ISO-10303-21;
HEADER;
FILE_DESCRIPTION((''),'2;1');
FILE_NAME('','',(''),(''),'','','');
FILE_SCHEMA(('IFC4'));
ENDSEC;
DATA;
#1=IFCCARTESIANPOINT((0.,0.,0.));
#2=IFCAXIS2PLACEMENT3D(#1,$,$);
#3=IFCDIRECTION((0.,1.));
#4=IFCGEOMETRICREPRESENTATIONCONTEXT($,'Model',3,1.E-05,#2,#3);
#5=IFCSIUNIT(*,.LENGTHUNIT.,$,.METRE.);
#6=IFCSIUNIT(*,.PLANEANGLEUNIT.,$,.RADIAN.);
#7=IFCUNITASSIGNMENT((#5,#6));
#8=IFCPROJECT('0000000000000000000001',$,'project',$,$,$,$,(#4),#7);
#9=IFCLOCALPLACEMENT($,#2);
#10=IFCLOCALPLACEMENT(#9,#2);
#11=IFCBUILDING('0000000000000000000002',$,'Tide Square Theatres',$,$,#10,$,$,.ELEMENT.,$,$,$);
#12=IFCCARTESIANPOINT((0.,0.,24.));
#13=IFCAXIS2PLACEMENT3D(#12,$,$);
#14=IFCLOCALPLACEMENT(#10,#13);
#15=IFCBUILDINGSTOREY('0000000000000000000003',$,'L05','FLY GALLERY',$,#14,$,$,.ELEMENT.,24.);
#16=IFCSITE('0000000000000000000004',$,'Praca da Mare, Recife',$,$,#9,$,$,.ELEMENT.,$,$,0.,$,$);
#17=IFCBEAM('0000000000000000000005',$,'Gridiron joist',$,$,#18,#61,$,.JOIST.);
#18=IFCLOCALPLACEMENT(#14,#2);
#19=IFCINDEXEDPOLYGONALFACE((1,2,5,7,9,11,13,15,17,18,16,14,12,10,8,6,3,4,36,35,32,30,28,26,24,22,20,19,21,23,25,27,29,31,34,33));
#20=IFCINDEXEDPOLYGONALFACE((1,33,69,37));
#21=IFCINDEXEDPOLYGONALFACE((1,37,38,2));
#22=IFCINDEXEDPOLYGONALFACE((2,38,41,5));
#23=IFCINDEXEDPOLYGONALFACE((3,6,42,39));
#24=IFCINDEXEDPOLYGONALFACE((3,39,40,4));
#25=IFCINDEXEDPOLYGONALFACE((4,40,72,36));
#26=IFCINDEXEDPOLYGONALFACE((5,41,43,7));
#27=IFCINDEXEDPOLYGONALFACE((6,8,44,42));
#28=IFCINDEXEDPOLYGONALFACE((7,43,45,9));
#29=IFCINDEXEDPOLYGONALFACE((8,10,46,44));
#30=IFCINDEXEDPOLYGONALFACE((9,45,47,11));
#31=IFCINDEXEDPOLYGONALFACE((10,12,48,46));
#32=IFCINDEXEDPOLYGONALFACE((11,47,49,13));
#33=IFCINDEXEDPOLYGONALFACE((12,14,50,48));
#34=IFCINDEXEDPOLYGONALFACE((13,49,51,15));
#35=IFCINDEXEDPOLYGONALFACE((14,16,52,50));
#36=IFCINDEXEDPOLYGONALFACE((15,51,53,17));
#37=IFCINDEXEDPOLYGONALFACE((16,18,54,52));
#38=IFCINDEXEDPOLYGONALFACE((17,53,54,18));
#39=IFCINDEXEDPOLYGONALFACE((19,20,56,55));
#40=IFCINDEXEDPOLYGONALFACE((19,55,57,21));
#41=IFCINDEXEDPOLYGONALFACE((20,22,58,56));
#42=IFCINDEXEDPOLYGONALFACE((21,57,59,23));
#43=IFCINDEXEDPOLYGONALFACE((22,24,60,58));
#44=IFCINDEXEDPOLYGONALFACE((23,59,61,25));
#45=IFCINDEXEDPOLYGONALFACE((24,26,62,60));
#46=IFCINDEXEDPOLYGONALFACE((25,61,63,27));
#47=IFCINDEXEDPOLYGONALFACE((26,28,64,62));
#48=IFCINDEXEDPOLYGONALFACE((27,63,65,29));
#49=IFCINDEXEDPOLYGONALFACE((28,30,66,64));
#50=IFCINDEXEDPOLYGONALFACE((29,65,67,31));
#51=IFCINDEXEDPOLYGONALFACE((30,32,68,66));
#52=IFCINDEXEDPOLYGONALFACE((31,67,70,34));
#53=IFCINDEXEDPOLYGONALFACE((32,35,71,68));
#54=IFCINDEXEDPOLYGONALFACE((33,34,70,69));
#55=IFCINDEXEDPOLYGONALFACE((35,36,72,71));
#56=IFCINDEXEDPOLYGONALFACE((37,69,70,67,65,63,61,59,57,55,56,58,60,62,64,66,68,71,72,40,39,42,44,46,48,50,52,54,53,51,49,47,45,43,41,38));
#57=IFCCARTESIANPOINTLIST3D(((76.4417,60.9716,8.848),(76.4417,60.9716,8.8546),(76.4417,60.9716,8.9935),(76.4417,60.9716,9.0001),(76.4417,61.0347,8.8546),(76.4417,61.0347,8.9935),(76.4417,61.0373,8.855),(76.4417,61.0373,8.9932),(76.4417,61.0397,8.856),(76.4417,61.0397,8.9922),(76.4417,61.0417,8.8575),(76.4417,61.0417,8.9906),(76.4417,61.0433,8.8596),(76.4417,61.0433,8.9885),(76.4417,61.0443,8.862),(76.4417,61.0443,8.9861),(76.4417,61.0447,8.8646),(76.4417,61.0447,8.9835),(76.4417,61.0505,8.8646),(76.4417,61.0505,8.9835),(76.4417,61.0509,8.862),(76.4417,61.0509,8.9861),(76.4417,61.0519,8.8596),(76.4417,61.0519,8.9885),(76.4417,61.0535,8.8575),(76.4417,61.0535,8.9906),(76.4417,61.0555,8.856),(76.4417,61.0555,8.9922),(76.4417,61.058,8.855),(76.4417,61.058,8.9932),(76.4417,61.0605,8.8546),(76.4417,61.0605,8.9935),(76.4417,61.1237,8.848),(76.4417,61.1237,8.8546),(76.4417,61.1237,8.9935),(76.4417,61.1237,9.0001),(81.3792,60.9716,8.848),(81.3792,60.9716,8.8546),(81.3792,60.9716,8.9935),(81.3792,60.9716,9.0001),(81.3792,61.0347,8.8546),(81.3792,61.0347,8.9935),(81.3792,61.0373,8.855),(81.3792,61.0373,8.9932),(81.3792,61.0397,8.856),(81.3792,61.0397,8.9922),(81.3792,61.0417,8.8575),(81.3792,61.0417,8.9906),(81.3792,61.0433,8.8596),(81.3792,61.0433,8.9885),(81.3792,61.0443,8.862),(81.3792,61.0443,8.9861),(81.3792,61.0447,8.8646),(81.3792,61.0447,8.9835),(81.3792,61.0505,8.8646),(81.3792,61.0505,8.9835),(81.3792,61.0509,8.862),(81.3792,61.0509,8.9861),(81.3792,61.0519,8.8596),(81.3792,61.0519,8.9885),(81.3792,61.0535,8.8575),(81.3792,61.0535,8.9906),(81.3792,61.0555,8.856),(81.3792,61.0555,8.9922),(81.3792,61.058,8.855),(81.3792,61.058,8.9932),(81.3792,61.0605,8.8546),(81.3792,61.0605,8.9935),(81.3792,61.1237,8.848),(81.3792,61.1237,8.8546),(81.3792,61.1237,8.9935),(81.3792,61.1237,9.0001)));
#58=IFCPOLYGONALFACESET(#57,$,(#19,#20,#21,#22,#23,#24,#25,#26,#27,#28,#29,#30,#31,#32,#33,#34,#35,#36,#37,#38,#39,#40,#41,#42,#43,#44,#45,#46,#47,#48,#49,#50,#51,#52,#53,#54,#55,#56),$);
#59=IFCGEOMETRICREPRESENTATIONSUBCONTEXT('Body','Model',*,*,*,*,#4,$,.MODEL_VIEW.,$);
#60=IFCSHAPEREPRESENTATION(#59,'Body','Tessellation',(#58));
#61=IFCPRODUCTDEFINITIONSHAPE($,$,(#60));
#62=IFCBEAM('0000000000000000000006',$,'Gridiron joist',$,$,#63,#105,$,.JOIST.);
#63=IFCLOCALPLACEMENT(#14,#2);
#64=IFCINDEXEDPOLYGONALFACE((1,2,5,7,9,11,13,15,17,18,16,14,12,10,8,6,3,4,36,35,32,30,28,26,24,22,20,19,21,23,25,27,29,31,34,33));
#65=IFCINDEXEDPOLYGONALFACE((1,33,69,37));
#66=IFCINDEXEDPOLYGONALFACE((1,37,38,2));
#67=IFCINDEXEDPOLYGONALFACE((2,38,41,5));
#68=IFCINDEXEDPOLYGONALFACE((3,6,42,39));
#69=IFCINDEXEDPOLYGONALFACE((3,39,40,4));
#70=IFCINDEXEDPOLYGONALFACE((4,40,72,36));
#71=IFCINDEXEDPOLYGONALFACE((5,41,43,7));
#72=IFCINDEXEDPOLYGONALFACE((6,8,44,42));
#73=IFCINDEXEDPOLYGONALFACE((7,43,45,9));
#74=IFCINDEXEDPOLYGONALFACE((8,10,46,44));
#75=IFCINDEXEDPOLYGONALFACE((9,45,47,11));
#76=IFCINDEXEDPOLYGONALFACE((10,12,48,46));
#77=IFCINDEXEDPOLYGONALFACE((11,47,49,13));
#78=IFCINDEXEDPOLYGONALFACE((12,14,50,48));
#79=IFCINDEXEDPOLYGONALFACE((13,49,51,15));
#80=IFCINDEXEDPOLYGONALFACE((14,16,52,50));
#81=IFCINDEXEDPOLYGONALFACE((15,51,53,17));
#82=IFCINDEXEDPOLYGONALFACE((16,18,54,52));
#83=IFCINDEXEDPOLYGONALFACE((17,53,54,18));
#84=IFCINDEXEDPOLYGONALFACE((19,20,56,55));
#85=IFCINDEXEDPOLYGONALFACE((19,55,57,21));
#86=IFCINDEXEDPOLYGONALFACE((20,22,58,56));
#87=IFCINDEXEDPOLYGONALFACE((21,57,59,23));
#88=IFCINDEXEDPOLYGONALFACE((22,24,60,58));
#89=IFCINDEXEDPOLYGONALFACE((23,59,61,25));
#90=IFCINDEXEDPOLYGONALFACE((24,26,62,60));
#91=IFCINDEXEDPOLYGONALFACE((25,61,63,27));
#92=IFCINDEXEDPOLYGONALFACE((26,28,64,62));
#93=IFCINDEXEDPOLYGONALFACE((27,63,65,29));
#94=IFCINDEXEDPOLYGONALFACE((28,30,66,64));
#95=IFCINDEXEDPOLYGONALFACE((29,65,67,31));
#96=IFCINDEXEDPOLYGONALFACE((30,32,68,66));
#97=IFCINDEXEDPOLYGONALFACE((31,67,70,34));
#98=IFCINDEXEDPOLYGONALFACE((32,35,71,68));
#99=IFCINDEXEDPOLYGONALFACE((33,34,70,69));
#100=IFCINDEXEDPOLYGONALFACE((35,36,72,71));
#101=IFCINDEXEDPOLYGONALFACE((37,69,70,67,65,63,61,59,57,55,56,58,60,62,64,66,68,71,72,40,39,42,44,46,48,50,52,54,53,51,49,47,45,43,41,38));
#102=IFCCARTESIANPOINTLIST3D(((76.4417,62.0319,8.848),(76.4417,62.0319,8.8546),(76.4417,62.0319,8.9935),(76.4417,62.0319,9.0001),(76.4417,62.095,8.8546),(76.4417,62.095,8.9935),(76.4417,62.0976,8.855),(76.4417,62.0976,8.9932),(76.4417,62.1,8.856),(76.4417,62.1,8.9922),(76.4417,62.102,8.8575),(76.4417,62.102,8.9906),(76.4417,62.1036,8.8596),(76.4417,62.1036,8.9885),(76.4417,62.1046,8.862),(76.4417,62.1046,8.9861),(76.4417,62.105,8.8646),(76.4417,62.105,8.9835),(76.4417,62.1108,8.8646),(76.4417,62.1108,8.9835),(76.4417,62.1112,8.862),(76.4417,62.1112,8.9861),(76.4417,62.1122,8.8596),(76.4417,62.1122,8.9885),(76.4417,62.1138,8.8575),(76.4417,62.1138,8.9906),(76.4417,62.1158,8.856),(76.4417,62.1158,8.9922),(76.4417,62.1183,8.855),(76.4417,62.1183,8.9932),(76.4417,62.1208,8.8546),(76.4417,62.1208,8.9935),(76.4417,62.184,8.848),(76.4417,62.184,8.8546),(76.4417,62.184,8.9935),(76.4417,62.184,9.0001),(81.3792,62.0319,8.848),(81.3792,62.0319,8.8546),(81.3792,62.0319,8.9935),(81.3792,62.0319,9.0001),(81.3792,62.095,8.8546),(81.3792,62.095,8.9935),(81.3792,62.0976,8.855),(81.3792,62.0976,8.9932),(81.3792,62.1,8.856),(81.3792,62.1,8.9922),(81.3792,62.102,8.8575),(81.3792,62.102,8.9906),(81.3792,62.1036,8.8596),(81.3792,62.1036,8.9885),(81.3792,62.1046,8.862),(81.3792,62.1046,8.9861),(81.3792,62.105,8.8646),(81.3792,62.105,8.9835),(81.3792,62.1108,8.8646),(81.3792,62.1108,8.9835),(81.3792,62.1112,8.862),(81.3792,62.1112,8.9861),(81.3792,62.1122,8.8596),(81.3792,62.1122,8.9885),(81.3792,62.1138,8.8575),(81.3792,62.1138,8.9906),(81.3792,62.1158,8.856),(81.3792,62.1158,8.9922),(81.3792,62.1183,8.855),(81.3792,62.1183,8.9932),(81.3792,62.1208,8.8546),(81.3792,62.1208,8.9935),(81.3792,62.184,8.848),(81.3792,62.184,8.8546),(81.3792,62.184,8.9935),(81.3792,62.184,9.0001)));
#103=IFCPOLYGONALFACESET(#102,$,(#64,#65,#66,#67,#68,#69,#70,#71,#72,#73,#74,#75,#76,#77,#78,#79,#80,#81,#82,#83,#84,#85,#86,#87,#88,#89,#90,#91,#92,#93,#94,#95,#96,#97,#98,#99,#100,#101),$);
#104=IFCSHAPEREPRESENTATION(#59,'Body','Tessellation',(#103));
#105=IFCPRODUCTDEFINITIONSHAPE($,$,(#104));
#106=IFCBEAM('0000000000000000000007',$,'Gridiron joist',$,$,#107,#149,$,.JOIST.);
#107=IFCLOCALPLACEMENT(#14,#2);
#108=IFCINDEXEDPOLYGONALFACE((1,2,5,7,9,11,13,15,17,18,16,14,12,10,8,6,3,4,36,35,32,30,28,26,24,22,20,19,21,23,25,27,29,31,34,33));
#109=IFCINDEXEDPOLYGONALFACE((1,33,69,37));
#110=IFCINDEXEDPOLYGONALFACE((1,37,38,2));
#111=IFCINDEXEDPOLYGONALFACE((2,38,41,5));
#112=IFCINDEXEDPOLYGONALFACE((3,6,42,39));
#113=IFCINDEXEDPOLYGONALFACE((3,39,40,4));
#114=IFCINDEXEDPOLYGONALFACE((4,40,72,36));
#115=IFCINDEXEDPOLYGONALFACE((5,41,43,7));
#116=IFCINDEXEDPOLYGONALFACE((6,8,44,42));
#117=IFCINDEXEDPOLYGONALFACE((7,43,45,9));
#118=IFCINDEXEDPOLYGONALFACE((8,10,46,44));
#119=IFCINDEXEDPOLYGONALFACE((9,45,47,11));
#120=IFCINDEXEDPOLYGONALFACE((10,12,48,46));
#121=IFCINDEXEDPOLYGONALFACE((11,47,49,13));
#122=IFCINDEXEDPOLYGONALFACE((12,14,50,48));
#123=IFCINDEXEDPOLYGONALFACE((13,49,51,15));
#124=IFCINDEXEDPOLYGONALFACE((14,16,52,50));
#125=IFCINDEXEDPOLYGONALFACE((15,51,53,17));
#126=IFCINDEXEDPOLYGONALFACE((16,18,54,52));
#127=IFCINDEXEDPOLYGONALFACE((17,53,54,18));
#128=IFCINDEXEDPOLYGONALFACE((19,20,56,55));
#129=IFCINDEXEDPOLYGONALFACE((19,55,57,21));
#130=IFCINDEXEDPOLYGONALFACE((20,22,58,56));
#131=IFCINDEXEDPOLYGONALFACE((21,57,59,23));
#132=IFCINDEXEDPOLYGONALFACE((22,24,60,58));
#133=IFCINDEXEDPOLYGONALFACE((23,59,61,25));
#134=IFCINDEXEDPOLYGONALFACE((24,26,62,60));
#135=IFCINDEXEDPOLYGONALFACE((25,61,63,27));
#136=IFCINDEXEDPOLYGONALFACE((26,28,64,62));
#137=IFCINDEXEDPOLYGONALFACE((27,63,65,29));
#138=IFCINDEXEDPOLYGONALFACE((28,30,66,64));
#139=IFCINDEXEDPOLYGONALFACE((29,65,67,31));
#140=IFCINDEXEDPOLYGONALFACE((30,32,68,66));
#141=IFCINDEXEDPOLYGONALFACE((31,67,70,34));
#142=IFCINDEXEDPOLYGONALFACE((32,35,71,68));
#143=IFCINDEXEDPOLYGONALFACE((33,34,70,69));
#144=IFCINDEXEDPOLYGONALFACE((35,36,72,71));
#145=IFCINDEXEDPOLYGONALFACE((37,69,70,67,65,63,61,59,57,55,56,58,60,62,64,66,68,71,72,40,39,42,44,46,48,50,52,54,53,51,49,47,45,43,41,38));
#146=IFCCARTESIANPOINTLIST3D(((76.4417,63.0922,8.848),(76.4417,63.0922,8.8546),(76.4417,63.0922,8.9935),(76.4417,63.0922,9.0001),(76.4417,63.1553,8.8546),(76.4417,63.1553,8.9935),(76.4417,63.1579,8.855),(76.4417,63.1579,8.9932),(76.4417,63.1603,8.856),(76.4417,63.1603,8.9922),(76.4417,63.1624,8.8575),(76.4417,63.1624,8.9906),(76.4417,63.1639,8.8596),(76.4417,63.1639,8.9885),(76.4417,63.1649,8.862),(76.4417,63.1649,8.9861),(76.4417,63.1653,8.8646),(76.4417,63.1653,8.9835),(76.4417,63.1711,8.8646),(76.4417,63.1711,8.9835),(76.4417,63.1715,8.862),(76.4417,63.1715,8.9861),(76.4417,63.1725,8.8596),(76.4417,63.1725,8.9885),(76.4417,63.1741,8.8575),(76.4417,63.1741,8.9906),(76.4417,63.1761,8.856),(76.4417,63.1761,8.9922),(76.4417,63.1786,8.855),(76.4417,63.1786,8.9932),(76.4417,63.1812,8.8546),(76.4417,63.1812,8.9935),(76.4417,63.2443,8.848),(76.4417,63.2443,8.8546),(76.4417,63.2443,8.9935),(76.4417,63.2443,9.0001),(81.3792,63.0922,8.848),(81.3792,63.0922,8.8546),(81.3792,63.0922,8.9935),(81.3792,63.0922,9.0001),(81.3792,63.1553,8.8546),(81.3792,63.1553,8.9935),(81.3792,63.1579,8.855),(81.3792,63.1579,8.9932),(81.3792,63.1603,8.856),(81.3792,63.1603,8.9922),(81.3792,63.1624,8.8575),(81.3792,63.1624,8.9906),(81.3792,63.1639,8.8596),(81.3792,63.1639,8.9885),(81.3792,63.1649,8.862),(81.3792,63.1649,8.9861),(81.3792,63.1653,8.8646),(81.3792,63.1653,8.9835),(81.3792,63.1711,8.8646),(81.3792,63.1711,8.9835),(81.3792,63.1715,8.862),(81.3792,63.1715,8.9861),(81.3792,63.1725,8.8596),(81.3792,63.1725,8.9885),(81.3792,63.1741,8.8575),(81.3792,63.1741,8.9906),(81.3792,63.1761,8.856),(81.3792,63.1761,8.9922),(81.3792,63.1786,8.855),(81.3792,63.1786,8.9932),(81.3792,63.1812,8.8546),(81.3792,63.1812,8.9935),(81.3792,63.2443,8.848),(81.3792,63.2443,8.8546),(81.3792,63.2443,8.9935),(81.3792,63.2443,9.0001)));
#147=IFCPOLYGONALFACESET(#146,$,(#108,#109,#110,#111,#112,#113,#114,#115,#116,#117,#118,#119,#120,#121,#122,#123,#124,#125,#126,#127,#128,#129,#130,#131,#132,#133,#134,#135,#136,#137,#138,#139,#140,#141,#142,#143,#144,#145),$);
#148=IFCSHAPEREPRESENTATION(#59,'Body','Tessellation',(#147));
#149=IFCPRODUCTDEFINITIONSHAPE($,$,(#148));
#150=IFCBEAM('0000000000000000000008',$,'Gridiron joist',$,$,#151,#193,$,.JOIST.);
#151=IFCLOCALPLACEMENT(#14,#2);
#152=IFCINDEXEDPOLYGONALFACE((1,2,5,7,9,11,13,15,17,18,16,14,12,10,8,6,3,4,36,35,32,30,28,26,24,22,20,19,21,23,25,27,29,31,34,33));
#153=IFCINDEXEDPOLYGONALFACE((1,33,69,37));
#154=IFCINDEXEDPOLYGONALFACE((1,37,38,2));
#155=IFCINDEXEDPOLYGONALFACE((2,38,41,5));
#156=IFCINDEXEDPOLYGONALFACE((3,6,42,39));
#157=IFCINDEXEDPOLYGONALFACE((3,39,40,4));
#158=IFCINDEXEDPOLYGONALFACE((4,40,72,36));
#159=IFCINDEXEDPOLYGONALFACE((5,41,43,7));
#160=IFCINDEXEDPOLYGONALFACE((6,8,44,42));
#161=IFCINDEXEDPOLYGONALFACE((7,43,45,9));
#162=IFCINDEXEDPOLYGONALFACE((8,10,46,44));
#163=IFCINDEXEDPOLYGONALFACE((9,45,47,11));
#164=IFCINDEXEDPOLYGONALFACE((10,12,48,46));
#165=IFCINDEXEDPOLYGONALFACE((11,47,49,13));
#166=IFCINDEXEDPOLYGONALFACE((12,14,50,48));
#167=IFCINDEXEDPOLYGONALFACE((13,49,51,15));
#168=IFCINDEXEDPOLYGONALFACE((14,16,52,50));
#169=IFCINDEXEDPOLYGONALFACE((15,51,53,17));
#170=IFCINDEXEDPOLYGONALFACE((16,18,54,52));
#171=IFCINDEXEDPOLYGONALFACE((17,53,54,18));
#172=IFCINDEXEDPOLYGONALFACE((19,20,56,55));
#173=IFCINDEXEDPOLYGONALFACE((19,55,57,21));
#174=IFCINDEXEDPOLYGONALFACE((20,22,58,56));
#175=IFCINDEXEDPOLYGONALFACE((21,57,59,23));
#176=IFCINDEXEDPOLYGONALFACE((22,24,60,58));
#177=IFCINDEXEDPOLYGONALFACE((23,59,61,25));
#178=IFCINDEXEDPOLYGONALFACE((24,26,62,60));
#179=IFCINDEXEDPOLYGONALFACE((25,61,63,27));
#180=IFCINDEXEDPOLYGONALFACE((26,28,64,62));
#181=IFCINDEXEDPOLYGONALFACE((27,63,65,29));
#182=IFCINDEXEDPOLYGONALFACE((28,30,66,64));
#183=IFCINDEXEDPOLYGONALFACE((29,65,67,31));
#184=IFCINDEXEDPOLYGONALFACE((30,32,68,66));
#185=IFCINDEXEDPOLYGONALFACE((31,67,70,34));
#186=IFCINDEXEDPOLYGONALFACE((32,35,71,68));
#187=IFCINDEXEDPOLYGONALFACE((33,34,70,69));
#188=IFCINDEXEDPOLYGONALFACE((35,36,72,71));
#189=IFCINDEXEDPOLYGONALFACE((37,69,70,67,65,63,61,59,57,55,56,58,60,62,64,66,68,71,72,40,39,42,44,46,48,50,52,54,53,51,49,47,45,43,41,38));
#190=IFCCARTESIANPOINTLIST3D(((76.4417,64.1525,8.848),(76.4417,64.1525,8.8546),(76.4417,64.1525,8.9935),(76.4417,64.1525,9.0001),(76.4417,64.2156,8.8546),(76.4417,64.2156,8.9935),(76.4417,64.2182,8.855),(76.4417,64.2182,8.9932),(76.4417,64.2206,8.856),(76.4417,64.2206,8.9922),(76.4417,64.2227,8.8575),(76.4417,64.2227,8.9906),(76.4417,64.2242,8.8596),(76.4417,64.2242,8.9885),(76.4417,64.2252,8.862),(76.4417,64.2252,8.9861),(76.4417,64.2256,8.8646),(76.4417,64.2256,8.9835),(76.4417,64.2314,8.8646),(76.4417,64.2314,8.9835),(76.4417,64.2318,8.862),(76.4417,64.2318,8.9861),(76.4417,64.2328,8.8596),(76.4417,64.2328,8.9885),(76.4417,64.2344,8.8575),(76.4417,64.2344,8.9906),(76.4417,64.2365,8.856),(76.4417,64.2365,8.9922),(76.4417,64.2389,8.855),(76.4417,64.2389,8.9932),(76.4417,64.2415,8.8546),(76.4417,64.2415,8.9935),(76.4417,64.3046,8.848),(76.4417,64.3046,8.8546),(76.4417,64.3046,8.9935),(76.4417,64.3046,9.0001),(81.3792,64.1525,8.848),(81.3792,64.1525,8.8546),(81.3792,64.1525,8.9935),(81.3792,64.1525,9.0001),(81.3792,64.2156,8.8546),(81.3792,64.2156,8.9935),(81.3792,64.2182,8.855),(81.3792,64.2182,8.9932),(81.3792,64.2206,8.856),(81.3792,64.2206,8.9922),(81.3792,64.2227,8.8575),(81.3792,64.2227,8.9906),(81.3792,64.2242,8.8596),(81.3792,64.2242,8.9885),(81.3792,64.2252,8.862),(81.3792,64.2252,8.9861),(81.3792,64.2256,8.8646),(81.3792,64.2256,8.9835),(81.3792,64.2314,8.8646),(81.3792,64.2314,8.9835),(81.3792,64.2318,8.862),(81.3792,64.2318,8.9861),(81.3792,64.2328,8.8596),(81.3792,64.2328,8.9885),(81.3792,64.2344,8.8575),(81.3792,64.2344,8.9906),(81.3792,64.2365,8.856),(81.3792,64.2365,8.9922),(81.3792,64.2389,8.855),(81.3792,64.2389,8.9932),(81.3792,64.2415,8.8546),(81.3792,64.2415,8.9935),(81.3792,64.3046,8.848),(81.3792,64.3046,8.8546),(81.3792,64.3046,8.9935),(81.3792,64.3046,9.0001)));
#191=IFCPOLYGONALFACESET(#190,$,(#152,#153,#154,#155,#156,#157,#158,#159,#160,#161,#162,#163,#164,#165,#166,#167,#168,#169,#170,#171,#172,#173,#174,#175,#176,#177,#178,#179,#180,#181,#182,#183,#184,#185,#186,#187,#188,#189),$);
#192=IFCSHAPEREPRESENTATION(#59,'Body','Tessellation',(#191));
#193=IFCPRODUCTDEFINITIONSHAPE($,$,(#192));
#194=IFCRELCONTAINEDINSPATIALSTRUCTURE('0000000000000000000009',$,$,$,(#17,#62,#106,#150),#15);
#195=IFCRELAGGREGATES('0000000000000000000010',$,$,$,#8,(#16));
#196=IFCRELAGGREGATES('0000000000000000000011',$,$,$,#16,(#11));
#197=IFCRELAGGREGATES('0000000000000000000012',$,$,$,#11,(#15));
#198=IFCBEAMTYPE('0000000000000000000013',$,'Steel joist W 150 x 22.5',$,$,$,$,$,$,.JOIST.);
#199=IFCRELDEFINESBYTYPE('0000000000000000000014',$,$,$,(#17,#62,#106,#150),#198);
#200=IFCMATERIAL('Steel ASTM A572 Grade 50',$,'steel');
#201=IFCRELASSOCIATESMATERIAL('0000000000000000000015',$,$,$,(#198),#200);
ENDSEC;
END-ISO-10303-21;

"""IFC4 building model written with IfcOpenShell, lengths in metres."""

from ifc_helpers import new_model, si_unit, direction, frame, origin, origin_2d, place, context, subcontext, project, spatial, i_section, extrude, material, material_profile, profile_set, type_object, element, save


model = new_model("IFC4")

# Units and contexts
model_context = context("Model", 3, precision=1e-05, world=origin(), true_north=direction((0.0, 1.0)))
body_context = subcontext(model_context, "Body", "Model", "MODEL_VIEW")
ifc_project = project(units=[si_unit("LENGTHUNIT", "METRE"), si_unit("PLANEANGLEUNIT", "RADIAN")], contexts=[model_context])

# Site, building, storey
site_placement = place(None, origin())
site = spatial("IfcSite", under=ifc_project, at=site_placement, Name="Praca da Mare, Recife", CompositionType="ELEMENT", RefElevation=0.0)
building_placement = place(site_placement, origin())
building = spatial("IfcBuilding", under=site, at=building_placement, Name="Tide Square Theatres", CompositionType="ELEMENT")
storey_placement = place(building_placement, frame((0.0, 0.0, 24.0)))
storey = spatial("IfcBuildingStorey", under=building, at=storey_placement, Name="L05", Description="FLY GALLERY", CompositionType="ELEMENT", Elevation=24.0)

# Beams
ifc_material_1 = material(Name="Steel ASTM A572 Grade 50", Category="steel")
ifc_material_profile_1 = material_profile(ifc_material_1, i_section(OverallWidth=0.1521, OverallDepth=0.1521, WebThickness=0.0059, FlangeThickness=0.0066, FilletRadius=0.01, at=origin_2d()))
ifc_profile_set_1 = profile_set([ifc_material_profile_1], Name="Steel ASTM A572 Grade 50")
beam_type_1 = type_object("IfcBeamType", Name="Steel joist W 150 x 22.5", PredefinedType="JOIST", material=ifc_profile_set_1)
for number, where, z_axis, x_axis, name in (
    (1, (76.4417, 61.0476, 8.9241), (1.0, 0.0, 0.0), (0.0, 1.0, 0.0), "Gridiron joist"),
    (2, (76.4417, 62.1079, 8.9241), (1.0, 0.0, 0.0), (0.0, 1.0, 0.0), "Gridiron joist"),
    (3, (76.4417, 63.1682, 8.9241), (1.0, 0.0, 0.0), (0.0, 1.0, 0.0), "Gridiron joist"),
    (4, (76.4417, 64.2285, 8.9241), (1.0, 0.0, 0.0), (0.0, 1.0, 0.0), "Gridiron joist"),
):
    element("IfcBeam", number, at=place(storey_placement, frame(where, z_axis=z_axis, x_axis=x_axis)), inside=storey, type_object=beam_type_1, Name=name, PredefinedType="JOIST", context=body_context, shape_type="SweptSolid", body=[
        extrude(i_section(OverallWidth=0.1521, OverallDepth=0.1521, WebThickness=0.0059, FlangeThickness=0.0066, FilletRadius=0.01, at=origin_2d()), origin(), (0.0, 0.0, 1.0), 4.9375),
    ])

save(model, "model.ifc")
